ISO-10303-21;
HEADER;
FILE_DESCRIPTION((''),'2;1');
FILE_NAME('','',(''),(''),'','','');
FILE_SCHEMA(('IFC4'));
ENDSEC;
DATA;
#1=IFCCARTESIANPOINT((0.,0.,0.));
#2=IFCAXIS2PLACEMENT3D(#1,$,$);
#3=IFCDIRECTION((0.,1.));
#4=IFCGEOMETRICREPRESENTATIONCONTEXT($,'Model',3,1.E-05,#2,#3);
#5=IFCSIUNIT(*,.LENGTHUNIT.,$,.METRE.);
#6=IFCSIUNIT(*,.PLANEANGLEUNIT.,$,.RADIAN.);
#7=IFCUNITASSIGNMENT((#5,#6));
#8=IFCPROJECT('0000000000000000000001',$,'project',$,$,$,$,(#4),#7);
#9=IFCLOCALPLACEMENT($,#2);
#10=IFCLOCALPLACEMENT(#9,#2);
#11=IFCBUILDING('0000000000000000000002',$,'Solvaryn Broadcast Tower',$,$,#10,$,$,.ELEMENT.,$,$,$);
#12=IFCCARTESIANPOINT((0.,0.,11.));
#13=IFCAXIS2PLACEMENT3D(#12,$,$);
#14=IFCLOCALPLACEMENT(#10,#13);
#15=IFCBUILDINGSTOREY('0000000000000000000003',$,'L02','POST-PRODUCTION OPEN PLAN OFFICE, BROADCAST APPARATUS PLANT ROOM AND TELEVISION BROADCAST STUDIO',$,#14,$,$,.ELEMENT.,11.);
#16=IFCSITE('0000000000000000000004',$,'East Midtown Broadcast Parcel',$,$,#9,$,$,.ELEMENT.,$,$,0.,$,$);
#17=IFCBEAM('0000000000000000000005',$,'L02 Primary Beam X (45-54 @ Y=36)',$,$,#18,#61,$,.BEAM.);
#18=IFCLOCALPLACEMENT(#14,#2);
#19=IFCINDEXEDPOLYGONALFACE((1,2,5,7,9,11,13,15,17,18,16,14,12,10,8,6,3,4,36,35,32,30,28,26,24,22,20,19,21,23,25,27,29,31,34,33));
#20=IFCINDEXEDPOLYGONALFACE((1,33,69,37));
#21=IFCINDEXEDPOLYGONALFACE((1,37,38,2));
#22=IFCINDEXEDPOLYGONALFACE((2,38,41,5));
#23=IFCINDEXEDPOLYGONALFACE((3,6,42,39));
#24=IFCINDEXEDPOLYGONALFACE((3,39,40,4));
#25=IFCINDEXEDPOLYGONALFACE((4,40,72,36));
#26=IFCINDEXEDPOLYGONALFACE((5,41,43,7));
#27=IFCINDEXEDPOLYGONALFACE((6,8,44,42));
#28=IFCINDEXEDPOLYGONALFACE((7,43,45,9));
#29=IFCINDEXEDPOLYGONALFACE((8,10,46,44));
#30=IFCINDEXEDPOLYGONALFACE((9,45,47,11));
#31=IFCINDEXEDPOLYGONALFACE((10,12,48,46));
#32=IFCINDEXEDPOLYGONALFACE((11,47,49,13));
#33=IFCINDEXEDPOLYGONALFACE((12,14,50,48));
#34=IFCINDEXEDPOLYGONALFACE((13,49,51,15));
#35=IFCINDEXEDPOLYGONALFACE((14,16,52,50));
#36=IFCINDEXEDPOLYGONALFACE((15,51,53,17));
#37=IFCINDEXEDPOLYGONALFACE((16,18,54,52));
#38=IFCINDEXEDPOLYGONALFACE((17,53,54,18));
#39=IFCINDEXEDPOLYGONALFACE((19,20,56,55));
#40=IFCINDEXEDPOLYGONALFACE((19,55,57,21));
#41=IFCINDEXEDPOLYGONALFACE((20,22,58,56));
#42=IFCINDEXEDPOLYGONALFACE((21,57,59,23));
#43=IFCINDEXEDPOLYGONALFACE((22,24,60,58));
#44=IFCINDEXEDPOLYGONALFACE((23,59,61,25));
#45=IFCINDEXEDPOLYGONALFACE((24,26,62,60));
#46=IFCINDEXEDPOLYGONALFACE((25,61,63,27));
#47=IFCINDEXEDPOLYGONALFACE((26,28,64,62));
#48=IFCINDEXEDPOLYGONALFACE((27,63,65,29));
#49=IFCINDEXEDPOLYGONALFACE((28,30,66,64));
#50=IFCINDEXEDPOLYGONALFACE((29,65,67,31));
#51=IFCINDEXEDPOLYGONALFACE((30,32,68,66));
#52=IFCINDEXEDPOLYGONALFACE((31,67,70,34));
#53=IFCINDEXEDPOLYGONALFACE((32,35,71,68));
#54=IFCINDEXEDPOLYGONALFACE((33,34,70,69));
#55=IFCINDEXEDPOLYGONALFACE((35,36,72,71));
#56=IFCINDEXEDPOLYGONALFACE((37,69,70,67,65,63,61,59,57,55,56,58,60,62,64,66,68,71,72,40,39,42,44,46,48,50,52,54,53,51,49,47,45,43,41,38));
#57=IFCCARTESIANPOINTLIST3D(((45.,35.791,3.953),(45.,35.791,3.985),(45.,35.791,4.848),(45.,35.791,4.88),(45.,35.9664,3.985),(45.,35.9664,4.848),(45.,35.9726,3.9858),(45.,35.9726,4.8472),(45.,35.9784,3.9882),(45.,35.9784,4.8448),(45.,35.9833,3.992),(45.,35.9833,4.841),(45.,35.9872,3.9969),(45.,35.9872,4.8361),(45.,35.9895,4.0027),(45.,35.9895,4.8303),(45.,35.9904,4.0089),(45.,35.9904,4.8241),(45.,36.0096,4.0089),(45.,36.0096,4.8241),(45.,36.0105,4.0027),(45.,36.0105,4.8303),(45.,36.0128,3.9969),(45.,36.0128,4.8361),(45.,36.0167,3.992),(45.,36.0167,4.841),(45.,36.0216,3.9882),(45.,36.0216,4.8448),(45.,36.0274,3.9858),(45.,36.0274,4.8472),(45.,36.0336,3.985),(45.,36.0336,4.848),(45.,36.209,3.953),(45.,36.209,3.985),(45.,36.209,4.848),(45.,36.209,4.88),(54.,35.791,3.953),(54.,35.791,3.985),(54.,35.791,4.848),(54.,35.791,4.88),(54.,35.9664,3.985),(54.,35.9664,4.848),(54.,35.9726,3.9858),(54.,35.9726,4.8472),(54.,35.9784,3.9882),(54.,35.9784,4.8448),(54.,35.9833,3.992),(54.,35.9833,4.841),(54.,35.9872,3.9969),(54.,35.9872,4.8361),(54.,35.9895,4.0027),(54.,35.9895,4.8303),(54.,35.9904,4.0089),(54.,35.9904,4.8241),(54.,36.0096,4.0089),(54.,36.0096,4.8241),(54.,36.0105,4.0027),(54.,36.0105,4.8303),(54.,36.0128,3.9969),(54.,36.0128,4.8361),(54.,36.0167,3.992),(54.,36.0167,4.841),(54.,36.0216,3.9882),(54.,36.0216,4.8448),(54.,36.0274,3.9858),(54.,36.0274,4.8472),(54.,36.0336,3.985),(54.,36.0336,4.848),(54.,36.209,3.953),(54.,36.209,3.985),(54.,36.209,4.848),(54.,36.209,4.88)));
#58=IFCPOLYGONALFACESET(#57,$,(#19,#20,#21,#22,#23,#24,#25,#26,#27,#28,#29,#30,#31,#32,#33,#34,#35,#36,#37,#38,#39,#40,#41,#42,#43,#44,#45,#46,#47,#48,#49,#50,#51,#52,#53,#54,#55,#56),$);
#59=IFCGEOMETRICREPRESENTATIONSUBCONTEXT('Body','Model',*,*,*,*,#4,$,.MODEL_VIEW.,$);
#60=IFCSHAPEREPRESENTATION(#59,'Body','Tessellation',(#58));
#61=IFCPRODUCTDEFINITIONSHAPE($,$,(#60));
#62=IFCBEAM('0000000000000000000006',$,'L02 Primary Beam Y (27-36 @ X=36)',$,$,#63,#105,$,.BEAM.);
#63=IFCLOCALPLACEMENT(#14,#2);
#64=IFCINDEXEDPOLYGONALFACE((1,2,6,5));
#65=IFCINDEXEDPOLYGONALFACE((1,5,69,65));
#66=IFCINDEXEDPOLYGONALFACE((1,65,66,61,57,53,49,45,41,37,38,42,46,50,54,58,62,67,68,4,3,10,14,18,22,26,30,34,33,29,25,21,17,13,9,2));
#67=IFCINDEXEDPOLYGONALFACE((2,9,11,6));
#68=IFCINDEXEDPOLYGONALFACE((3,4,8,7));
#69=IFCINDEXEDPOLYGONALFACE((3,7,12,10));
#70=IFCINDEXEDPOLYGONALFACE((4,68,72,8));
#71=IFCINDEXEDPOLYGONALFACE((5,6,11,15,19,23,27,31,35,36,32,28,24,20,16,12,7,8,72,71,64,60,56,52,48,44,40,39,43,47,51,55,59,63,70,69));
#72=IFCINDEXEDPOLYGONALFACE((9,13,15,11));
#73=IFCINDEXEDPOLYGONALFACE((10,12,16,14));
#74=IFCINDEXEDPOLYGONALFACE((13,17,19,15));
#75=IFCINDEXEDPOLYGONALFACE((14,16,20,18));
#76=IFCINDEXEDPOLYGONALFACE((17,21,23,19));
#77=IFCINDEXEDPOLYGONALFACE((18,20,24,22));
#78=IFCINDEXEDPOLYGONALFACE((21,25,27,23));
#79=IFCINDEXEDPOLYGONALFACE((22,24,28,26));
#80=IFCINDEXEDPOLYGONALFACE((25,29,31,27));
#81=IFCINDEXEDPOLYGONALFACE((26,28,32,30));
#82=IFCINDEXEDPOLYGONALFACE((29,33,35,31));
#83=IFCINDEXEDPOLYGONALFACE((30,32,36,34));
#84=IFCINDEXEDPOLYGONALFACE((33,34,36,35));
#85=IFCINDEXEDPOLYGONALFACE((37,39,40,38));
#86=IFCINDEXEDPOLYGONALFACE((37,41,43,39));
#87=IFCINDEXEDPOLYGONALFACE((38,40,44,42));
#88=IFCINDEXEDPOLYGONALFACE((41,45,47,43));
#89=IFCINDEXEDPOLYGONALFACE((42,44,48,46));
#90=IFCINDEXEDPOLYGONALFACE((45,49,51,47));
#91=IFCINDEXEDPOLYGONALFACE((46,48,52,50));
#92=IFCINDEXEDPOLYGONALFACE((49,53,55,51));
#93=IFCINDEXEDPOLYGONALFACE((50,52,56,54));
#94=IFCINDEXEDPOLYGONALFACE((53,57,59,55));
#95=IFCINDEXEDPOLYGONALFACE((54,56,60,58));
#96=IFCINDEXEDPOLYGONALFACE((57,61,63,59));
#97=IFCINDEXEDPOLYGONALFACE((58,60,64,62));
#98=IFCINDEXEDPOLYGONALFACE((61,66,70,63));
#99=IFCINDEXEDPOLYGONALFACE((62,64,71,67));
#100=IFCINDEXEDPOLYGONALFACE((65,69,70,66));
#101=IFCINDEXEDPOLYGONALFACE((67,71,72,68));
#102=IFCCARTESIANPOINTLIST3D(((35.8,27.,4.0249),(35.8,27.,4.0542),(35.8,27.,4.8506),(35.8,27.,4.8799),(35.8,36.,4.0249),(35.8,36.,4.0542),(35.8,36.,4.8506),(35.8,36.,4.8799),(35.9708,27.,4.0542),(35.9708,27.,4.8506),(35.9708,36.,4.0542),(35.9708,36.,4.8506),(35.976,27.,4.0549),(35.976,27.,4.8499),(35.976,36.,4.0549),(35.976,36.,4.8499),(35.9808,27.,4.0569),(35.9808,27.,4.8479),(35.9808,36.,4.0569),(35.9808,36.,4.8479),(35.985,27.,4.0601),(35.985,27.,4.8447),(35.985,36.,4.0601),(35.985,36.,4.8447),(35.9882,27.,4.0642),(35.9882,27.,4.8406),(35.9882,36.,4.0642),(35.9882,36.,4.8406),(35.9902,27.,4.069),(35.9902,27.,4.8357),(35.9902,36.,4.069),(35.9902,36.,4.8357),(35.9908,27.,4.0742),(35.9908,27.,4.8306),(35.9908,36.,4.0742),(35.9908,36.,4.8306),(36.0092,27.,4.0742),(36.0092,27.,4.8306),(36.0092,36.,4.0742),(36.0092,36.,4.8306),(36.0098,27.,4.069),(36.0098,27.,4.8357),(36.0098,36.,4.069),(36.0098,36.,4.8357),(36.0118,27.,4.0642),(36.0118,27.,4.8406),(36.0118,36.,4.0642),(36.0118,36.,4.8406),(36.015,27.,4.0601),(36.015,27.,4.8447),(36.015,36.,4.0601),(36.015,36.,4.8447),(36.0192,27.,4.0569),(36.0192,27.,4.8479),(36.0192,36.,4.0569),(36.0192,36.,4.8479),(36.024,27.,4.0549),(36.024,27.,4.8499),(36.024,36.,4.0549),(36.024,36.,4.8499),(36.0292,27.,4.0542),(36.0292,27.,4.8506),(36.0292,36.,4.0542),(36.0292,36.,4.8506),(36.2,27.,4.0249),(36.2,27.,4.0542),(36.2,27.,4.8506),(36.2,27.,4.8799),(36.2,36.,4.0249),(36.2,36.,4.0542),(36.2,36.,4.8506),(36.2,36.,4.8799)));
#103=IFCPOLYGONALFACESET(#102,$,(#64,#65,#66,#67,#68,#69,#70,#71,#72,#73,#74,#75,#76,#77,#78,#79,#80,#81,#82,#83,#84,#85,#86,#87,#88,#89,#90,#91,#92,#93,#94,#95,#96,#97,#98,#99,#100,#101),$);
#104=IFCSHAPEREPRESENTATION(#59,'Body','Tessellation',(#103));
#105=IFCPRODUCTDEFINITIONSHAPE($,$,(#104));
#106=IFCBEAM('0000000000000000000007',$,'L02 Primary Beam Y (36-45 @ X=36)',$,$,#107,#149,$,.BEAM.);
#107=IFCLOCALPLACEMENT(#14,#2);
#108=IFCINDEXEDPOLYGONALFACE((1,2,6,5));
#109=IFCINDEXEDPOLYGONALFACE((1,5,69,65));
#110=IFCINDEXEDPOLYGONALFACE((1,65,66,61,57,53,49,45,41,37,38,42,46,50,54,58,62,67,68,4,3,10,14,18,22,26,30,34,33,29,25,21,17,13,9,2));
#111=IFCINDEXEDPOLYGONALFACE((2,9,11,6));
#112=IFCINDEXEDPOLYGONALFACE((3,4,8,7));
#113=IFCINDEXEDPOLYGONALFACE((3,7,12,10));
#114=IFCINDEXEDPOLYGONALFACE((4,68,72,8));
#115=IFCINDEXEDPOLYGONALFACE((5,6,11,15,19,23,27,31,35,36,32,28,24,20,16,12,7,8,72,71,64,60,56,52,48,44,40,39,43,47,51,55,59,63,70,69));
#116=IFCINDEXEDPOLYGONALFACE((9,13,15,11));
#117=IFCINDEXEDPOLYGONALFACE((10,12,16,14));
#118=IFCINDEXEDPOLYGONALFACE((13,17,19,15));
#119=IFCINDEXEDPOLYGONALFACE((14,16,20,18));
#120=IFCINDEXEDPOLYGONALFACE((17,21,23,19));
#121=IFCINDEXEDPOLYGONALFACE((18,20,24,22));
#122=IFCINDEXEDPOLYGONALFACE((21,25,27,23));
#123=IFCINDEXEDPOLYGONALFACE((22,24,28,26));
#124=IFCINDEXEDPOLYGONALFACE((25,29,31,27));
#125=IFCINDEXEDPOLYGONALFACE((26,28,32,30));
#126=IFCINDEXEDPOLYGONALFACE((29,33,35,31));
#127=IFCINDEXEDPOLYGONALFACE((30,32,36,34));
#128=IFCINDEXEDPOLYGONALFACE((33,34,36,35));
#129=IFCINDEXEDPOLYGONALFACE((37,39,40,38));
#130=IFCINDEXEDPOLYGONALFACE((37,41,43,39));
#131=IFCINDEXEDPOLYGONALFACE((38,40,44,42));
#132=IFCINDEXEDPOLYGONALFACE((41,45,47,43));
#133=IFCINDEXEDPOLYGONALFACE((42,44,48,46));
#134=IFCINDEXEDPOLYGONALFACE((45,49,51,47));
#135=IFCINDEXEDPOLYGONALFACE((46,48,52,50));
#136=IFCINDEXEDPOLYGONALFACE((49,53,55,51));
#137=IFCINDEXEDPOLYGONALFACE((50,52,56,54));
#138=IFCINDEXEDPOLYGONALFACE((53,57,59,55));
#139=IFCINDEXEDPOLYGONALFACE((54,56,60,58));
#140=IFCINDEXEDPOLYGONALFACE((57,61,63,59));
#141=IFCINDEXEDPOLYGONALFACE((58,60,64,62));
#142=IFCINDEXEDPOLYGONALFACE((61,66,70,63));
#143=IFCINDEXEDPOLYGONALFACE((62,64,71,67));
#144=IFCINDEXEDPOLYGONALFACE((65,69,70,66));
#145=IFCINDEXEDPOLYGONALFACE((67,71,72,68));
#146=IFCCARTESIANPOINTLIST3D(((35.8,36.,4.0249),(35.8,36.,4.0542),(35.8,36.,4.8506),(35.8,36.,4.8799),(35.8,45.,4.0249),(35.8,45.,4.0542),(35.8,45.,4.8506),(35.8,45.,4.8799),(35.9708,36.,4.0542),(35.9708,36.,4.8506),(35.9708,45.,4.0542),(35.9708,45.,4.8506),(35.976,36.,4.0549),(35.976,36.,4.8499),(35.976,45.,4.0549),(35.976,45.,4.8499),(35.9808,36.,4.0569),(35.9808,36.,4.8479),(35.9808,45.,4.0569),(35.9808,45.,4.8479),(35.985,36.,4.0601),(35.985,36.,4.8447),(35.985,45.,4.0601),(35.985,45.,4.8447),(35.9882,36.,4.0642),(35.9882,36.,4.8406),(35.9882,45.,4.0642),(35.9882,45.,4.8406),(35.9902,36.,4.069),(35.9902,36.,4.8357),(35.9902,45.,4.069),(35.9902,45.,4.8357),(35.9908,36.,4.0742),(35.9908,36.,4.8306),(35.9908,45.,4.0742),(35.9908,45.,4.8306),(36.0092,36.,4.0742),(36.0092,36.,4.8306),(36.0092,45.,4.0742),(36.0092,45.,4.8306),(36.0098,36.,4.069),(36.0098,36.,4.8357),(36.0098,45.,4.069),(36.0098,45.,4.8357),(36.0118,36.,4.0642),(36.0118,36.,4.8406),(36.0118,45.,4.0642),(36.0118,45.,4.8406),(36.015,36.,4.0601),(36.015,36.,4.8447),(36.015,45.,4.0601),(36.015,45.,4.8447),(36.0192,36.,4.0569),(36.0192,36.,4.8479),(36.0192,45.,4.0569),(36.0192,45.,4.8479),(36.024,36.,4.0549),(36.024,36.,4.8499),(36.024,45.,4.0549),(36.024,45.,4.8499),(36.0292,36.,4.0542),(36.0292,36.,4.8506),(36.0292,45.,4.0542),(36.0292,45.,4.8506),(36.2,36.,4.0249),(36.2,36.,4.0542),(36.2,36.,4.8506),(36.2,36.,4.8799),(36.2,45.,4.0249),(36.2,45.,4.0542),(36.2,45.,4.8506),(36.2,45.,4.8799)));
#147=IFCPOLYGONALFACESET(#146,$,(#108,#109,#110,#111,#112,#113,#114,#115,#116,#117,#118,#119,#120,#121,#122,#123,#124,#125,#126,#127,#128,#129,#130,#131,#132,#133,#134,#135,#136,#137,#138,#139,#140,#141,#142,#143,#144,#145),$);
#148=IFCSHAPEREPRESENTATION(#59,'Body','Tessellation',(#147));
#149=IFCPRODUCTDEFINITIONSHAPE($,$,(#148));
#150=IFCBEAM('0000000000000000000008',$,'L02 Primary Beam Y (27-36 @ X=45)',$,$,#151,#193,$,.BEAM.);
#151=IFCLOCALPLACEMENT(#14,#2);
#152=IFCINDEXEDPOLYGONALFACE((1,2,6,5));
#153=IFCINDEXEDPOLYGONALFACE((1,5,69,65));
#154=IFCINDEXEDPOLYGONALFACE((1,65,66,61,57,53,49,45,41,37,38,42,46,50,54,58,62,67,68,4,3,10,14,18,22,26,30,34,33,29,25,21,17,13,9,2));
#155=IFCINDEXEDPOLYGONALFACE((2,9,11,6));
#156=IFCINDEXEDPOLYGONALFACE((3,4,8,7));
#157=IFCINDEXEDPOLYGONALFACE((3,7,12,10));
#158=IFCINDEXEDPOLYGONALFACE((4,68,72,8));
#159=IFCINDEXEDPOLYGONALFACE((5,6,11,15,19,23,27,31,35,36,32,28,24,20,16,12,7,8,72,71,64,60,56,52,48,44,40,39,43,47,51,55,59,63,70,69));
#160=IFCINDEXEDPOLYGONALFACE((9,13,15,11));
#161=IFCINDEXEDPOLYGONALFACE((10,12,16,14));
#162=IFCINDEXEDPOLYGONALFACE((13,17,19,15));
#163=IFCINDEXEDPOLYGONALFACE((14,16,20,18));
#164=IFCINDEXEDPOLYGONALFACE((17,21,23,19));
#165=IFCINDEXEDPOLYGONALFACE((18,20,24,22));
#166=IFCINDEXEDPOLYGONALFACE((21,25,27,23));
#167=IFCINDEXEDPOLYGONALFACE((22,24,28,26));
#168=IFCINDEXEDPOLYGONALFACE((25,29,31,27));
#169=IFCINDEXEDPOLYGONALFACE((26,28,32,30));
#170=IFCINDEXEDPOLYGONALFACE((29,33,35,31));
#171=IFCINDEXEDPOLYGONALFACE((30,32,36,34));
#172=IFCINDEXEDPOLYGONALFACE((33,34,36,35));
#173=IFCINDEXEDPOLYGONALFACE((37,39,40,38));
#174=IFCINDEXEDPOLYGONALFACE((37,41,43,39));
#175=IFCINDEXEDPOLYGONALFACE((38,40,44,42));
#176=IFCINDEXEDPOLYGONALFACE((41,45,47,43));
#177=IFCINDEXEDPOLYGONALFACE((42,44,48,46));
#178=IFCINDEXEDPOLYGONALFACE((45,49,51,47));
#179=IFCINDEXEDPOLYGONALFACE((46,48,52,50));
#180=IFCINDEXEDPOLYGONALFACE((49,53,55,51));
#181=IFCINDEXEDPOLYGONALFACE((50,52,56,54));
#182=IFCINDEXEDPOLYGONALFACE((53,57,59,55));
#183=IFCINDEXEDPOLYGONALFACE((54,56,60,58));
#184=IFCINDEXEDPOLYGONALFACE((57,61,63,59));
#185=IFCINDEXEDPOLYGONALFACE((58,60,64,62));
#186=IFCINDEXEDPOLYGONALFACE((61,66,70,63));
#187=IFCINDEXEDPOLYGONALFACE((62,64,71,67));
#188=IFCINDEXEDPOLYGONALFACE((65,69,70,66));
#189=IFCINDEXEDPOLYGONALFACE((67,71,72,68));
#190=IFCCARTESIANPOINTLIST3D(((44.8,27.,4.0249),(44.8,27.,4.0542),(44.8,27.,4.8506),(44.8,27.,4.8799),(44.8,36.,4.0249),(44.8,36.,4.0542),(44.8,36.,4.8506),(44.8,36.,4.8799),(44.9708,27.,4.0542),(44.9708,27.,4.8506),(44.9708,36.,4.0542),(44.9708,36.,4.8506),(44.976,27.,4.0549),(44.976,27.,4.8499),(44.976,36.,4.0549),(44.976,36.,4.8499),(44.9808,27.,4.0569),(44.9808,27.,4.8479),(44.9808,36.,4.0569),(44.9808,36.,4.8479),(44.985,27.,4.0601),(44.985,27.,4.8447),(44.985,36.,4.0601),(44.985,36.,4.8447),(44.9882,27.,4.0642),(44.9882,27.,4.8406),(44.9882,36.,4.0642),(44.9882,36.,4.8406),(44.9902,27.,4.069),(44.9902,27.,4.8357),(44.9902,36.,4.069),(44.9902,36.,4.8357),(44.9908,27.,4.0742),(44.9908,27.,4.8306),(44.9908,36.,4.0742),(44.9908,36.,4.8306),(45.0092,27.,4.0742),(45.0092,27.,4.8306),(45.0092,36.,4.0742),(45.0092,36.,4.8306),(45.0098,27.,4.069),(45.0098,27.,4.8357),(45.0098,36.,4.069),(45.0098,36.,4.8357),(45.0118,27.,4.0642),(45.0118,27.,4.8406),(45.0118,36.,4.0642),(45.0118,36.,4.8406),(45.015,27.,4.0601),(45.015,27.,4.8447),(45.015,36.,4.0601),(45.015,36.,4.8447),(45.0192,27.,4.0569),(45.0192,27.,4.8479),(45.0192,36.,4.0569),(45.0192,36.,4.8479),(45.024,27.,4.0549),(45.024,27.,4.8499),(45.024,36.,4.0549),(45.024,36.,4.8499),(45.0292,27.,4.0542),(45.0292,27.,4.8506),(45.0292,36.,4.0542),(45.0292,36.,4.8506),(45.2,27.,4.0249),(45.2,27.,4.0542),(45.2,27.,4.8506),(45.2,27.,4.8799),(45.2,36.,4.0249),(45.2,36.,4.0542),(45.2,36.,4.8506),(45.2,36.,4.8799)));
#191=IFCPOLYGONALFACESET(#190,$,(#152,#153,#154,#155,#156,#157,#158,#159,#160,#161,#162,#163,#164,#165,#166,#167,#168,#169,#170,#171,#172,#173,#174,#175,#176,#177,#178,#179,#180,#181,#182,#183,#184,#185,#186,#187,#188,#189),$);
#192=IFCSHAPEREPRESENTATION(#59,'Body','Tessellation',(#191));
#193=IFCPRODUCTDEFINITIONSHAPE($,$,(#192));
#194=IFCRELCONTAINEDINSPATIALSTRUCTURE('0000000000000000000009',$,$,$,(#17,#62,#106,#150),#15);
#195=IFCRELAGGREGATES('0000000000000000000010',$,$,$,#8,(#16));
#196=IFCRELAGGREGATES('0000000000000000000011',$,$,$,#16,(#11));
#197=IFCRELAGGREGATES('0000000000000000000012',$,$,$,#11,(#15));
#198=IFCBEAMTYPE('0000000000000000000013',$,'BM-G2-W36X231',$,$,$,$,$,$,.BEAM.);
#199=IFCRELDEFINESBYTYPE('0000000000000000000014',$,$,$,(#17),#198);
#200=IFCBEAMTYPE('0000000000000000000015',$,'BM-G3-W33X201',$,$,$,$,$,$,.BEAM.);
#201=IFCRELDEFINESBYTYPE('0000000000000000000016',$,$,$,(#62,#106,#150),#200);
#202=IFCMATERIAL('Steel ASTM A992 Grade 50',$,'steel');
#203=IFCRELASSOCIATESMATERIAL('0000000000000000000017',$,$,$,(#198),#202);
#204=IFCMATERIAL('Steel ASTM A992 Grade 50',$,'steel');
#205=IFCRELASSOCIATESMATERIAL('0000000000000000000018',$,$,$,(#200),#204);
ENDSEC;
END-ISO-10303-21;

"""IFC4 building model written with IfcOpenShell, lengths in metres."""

from ifc_helpers import new_model, si_unit, direction, frame, origin, origin_2d, place, context, subcontext, project, spatial, i_section, extrude, material, material_profile, profile_set, type_object, element, save


model = new_model("IFC4")

# Units and contexts
model_context = context("Model", 3, precision=1e-05, world=origin(), true_north=direction((0.0, 1.0)))
body_context = subcontext(model_context, "Body", "Model", "MODEL_VIEW")
ifc_project = project(units=[si_unit("LENGTHUNIT", "METRE"), si_unit("PLANEANGLEUNIT", "RADIAN")], contexts=[model_context])

# Site, building, storey
site_placement = place(None, origin())
site = spatial("IfcSite", under=ifc_project, at=site_placement, Name="East Midtown Broadcast Parcel", CompositionType="ELEMENT", RefElevation=0.0)
building_placement = place(site_placement, origin())
building = spatial("IfcBuilding", under=site, at=building_placement, Name="Solvaryn Broadcast Tower", CompositionType="ELEMENT")
storey_placement = place(building_placement, frame((0.0, 0.0, 11.0)))
storey = spatial("IfcBuildingStorey", under=building, at=storey_placement, Name="L02", Description="POST-PRODUCTION OPEN PLAN OFFICE, BROADCAST APPARATUS PLANT ROOM AND TELEVISION BROADCAST STUDIO", CompositionType="ELEMENT", Elevation=11.0)

# Beams
ifc_material_1 = material(Name="Steel ASTM A992 Grade 50", Category="steel")
ifc_material_profile_1 = material_profile(ifc_material_1, i_section(OverallWidth=0.418, OverallDepth=0.927, WebThickness=0.0193, FlangeThickness=0.032, FilletRadius=0.0239, at=origin_2d()))
ifc_profile_set_1 = profile_set([ifc_material_profile_1], Name="Steel ASTM A992 Grade 50")
beam_type_1 = type_object("IfcBeamType", Name="BM-G2-W36X231", PredefinedType="BEAM", material=ifc_profile_set_1)
for number, where, z_axis, x_axis, name in (
    (1, (45.0, 36.0, 4.4165), (1.0, 0.0, 0.0), (0.0, 1.0, 0.0), "L02 Primary Beam X (45-54 @ Y=36)"),
):
    element("IfcBeam", number, at=place(storey_placement, frame(where, z_axis=z_axis, x_axis=x_axis)), inside=storey, type_object=beam_type_1, Name=name, PredefinedType="BEAM", context=body_context, shape_type="SweptSolid", body=[
        extrude(i_section(OverallWidth=0.418, OverallDepth=0.927, WebThickness=0.0193, FlangeThickness=0.032, FilletRadius=0.0239, at=origin_2d()), origin(), (0.0, 0.0, 1.0), 9.0),
    ])
ifc_material_2 = material(Name="Steel ASTM A992 Grade 50", Category="steel")
ifc_material_profile_2 = material_profile(ifc_material_2, i_section(OverallWidth=0.3999, OverallDepth=0.855, WebThickness=0.0183, FlangeThickness=0.0293, FilletRadius=0.02, at=origin_2d()))
ifc_profile_set_2 = profile_set([ifc_material_profile_2], Name="Steel ASTM A992 Grade 50")
beam_type_2 = type_object("IfcBeamType", Name="BM-G3-W33X201", PredefinedType="BEAM", material=ifc_profile_set_2)
for number, where, z_axis, x_axis, name in (
    (2, (36.0, 27.0, 4.4524), (0.0, 1.0, 0.0), (-1.0, 0.0, 0.0), "L02 Primary Beam Y (27-36 @ X=36)"),
    (3, (36.0, 36.0, 4.4524), (0.0, 1.0, 0.0), (-1.0, 0.0, 0.0), "L02 Primary Beam Y (36-45 @ X=36)"),
    (4, (45.0, 27.0, 4.4524), (0.0, 1.0, 0.0), (-1.0, 0.0, 0.0), "L02 Primary Beam Y (27-36 @ X=45)"),
):
    element("IfcBeam", number, at=place(storey_placement, frame(where, z_axis=z_axis, x_axis=x_axis)), inside=storey, type_object=beam_type_2, Name=name, PredefinedType="BEAM", context=body_context, shape_type="SweptSolid", body=[
        extrude(i_section(OverallWidth=0.3999, OverallDepth=0.855, WebThickness=0.0183, FlangeThickness=0.0293, FilletRadius=0.02, at=origin_2d()), origin(), (0.0, 0.0, 1.0), 9.0),
    ])

save(model, "model.ifc")
